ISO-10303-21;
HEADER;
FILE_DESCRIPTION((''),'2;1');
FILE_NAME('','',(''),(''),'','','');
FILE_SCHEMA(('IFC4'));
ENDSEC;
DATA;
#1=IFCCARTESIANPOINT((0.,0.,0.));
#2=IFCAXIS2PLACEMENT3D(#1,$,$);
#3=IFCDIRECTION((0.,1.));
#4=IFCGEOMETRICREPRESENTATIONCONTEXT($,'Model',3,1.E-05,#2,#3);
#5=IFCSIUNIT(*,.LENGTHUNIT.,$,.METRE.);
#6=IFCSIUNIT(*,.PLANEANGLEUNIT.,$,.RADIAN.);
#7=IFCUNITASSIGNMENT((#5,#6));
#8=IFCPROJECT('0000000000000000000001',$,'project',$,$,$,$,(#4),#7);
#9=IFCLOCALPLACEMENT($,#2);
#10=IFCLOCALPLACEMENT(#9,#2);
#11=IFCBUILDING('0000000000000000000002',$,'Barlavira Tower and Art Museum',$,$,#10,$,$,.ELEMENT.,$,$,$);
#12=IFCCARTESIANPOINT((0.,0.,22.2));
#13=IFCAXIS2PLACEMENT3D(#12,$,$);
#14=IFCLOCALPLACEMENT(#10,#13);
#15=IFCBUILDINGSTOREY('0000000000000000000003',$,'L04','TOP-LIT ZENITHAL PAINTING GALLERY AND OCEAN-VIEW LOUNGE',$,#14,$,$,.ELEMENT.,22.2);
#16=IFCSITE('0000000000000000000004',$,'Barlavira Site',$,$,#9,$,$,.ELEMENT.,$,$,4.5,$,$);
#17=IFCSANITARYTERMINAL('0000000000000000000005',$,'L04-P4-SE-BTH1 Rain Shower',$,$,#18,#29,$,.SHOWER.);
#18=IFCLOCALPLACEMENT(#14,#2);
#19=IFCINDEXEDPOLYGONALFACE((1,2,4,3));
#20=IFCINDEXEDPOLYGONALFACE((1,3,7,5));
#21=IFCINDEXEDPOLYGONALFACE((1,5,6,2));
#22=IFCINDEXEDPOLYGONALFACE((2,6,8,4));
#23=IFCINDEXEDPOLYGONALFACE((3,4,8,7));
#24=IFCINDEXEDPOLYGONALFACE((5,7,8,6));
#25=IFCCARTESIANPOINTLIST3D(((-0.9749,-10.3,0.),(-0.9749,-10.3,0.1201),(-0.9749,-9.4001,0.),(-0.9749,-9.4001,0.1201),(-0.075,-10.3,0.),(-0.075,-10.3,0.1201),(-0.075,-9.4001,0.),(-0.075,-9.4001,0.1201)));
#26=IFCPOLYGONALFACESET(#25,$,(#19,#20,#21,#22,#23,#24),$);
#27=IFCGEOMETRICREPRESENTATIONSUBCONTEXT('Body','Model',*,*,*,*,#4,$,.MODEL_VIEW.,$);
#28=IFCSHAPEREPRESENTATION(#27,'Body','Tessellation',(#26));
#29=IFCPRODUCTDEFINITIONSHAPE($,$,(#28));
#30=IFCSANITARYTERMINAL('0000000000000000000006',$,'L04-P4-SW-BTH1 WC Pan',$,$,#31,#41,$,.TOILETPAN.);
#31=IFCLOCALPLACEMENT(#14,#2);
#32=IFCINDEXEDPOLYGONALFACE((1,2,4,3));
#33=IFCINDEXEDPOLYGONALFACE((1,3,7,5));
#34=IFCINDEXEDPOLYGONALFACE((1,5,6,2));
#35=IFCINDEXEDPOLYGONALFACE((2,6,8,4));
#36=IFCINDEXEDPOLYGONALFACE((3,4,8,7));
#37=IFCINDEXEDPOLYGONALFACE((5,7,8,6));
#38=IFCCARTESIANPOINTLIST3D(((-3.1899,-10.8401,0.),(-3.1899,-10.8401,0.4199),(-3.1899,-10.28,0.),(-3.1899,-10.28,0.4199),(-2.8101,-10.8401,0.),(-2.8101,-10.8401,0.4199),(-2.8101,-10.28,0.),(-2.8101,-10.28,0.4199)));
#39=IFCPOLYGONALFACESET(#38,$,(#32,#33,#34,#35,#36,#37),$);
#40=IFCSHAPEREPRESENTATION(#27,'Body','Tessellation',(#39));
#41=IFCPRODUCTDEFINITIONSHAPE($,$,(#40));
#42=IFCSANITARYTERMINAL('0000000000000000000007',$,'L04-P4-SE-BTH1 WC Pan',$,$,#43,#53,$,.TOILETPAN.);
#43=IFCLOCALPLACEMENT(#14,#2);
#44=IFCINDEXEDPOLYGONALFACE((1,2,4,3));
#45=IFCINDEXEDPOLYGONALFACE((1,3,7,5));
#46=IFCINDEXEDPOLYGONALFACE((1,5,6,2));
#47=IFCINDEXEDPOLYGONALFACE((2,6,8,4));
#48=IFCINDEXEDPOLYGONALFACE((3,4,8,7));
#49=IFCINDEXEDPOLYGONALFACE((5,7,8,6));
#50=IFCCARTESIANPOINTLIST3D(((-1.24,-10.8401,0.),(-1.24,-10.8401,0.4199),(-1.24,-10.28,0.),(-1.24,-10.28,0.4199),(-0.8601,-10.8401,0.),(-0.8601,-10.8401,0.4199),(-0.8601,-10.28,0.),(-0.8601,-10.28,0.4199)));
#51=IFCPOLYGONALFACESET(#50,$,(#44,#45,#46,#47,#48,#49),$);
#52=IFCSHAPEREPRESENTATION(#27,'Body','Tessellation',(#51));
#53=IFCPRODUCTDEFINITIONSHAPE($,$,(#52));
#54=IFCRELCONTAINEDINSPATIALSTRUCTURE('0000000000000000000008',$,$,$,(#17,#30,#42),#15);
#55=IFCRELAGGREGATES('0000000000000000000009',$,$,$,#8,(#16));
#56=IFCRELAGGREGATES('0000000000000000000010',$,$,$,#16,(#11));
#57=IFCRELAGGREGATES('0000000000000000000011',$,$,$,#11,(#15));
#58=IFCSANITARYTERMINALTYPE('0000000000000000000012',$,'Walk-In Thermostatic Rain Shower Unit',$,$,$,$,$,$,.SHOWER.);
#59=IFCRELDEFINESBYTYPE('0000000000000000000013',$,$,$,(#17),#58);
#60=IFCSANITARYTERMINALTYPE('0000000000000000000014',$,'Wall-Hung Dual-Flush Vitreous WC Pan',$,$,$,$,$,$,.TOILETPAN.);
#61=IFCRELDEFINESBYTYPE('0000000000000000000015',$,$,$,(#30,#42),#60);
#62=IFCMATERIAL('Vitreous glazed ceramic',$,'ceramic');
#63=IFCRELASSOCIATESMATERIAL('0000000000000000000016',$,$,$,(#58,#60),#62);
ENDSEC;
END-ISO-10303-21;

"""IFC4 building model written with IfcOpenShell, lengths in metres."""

from ifc_helpers import new_model, si_unit, direction, frame, origin, origin_2d, place, context, subcontext, project, spatial, rectangle, extrude, material, type_object, element, save


model = new_model("IFC4")

# Units and contexts
model_context = context("Model", 3, precision=1e-05, world=origin(), true_north=direction((0.0, 1.0)))
body_context = subcontext(model_context, "Body", "Model", "MODEL_VIEW")
ifc_project = project(units=[si_unit("LENGTHUNIT", "METRE"), si_unit("PLANEANGLEUNIT", "RADIAN")], contexts=[model_context])

# Site, building, storey
site_placement = place(None, origin())
site = spatial("IfcSite", under=ifc_project, at=site_placement, Name="Barlavira Site", CompositionType="ELEMENT", RefElevation=4.5)
building_placement = place(site_placement, origin())
building = spatial("IfcBuilding", under=site, at=building_placement, Name="Barlavira Tower and Art Museum", CompositionType="ELEMENT")
storey_placement = place(building_placement, frame((0.0, 0.0, 22.2)))
storey = spatial("IfcBuildingStorey", under=building, at=storey_placement, Name="L04", Description="TOP-LIT ZENITHAL PAINTING GALLERY AND OCEAN-VIEW LOUNGE", CompositionType="ELEMENT", Elevation=22.2)

# Sanitary terminals
ifc_material_1 = material(Name="Vitreous glazed ceramic", Category="ceramic")
sanitary_terminal_type_1 = type_object("IfcSanitaryTerminalType", Name="Walk-In Thermostatic Rain Shower Unit", PredefinedType="SHOWER", material=ifc_material_1)
for number, where, z_axis, x_axis, name in (
    (1, (-0.5249, -9.8501, 0.0), (0.0, 0.0, 1.0), (1.0, 0.0, 0.0), "L04-P4-SE-BTH1 Rain Shower"),
):
    element("IfcSanitaryTerminal", number, at=place(storey_placement, frame(where, z_axis=z_axis, x_axis=x_axis)), inside=storey, type_object=sanitary_terminal_type_1, Name=name, PredefinedType="SHOWER", context=body_context, shape_type="SweptSolid", body=[
        extrude(rectangle(XDim=0.8999, YDim=0.8999, at=origin_2d()), origin(), (0.0, 0.0, 1.0), 0.1201),
    ])
sanitary_terminal_type_2 = type_object("IfcSanitaryTerminalType", Name="Wall-Hung Dual-Flush Vitreous WC Pan", PredefinedType="TOILETPAN", material=ifc_material_1)
for number, where, z_axis, x_axis, name in (
    (2, (-3.0, -10.5601, 0.0), (0.0, 0.0, 1.0), (1.0, 0.0, 0.0), "L04-P4-SW-BTH1 WC Pan"),
    (3, (-1.05, -10.5601, 0.0), (0.0, 0.0, 1.0), (1.0, 0.0, 0.0), "L04-P4-SE-BTH1 WC Pan"),
):
    element("IfcSanitaryTerminal", number, at=place(storey_placement, frame(where, z_axis=z_axis, x_axis=x_axis)), inside=storey, type_object=sanitary_terminal_type_2, Name=name, PredefinedType="TOILETPAN", context=body_context, shape_type="SweptSolid", body=[
        extrude(rectangle(XDim=0.3799, YDim=0.5601, at=origin_2d()), origin(), (0.0, 0.0, 1.0), 0.4199),
    ])

save(model, "model.ifc")
